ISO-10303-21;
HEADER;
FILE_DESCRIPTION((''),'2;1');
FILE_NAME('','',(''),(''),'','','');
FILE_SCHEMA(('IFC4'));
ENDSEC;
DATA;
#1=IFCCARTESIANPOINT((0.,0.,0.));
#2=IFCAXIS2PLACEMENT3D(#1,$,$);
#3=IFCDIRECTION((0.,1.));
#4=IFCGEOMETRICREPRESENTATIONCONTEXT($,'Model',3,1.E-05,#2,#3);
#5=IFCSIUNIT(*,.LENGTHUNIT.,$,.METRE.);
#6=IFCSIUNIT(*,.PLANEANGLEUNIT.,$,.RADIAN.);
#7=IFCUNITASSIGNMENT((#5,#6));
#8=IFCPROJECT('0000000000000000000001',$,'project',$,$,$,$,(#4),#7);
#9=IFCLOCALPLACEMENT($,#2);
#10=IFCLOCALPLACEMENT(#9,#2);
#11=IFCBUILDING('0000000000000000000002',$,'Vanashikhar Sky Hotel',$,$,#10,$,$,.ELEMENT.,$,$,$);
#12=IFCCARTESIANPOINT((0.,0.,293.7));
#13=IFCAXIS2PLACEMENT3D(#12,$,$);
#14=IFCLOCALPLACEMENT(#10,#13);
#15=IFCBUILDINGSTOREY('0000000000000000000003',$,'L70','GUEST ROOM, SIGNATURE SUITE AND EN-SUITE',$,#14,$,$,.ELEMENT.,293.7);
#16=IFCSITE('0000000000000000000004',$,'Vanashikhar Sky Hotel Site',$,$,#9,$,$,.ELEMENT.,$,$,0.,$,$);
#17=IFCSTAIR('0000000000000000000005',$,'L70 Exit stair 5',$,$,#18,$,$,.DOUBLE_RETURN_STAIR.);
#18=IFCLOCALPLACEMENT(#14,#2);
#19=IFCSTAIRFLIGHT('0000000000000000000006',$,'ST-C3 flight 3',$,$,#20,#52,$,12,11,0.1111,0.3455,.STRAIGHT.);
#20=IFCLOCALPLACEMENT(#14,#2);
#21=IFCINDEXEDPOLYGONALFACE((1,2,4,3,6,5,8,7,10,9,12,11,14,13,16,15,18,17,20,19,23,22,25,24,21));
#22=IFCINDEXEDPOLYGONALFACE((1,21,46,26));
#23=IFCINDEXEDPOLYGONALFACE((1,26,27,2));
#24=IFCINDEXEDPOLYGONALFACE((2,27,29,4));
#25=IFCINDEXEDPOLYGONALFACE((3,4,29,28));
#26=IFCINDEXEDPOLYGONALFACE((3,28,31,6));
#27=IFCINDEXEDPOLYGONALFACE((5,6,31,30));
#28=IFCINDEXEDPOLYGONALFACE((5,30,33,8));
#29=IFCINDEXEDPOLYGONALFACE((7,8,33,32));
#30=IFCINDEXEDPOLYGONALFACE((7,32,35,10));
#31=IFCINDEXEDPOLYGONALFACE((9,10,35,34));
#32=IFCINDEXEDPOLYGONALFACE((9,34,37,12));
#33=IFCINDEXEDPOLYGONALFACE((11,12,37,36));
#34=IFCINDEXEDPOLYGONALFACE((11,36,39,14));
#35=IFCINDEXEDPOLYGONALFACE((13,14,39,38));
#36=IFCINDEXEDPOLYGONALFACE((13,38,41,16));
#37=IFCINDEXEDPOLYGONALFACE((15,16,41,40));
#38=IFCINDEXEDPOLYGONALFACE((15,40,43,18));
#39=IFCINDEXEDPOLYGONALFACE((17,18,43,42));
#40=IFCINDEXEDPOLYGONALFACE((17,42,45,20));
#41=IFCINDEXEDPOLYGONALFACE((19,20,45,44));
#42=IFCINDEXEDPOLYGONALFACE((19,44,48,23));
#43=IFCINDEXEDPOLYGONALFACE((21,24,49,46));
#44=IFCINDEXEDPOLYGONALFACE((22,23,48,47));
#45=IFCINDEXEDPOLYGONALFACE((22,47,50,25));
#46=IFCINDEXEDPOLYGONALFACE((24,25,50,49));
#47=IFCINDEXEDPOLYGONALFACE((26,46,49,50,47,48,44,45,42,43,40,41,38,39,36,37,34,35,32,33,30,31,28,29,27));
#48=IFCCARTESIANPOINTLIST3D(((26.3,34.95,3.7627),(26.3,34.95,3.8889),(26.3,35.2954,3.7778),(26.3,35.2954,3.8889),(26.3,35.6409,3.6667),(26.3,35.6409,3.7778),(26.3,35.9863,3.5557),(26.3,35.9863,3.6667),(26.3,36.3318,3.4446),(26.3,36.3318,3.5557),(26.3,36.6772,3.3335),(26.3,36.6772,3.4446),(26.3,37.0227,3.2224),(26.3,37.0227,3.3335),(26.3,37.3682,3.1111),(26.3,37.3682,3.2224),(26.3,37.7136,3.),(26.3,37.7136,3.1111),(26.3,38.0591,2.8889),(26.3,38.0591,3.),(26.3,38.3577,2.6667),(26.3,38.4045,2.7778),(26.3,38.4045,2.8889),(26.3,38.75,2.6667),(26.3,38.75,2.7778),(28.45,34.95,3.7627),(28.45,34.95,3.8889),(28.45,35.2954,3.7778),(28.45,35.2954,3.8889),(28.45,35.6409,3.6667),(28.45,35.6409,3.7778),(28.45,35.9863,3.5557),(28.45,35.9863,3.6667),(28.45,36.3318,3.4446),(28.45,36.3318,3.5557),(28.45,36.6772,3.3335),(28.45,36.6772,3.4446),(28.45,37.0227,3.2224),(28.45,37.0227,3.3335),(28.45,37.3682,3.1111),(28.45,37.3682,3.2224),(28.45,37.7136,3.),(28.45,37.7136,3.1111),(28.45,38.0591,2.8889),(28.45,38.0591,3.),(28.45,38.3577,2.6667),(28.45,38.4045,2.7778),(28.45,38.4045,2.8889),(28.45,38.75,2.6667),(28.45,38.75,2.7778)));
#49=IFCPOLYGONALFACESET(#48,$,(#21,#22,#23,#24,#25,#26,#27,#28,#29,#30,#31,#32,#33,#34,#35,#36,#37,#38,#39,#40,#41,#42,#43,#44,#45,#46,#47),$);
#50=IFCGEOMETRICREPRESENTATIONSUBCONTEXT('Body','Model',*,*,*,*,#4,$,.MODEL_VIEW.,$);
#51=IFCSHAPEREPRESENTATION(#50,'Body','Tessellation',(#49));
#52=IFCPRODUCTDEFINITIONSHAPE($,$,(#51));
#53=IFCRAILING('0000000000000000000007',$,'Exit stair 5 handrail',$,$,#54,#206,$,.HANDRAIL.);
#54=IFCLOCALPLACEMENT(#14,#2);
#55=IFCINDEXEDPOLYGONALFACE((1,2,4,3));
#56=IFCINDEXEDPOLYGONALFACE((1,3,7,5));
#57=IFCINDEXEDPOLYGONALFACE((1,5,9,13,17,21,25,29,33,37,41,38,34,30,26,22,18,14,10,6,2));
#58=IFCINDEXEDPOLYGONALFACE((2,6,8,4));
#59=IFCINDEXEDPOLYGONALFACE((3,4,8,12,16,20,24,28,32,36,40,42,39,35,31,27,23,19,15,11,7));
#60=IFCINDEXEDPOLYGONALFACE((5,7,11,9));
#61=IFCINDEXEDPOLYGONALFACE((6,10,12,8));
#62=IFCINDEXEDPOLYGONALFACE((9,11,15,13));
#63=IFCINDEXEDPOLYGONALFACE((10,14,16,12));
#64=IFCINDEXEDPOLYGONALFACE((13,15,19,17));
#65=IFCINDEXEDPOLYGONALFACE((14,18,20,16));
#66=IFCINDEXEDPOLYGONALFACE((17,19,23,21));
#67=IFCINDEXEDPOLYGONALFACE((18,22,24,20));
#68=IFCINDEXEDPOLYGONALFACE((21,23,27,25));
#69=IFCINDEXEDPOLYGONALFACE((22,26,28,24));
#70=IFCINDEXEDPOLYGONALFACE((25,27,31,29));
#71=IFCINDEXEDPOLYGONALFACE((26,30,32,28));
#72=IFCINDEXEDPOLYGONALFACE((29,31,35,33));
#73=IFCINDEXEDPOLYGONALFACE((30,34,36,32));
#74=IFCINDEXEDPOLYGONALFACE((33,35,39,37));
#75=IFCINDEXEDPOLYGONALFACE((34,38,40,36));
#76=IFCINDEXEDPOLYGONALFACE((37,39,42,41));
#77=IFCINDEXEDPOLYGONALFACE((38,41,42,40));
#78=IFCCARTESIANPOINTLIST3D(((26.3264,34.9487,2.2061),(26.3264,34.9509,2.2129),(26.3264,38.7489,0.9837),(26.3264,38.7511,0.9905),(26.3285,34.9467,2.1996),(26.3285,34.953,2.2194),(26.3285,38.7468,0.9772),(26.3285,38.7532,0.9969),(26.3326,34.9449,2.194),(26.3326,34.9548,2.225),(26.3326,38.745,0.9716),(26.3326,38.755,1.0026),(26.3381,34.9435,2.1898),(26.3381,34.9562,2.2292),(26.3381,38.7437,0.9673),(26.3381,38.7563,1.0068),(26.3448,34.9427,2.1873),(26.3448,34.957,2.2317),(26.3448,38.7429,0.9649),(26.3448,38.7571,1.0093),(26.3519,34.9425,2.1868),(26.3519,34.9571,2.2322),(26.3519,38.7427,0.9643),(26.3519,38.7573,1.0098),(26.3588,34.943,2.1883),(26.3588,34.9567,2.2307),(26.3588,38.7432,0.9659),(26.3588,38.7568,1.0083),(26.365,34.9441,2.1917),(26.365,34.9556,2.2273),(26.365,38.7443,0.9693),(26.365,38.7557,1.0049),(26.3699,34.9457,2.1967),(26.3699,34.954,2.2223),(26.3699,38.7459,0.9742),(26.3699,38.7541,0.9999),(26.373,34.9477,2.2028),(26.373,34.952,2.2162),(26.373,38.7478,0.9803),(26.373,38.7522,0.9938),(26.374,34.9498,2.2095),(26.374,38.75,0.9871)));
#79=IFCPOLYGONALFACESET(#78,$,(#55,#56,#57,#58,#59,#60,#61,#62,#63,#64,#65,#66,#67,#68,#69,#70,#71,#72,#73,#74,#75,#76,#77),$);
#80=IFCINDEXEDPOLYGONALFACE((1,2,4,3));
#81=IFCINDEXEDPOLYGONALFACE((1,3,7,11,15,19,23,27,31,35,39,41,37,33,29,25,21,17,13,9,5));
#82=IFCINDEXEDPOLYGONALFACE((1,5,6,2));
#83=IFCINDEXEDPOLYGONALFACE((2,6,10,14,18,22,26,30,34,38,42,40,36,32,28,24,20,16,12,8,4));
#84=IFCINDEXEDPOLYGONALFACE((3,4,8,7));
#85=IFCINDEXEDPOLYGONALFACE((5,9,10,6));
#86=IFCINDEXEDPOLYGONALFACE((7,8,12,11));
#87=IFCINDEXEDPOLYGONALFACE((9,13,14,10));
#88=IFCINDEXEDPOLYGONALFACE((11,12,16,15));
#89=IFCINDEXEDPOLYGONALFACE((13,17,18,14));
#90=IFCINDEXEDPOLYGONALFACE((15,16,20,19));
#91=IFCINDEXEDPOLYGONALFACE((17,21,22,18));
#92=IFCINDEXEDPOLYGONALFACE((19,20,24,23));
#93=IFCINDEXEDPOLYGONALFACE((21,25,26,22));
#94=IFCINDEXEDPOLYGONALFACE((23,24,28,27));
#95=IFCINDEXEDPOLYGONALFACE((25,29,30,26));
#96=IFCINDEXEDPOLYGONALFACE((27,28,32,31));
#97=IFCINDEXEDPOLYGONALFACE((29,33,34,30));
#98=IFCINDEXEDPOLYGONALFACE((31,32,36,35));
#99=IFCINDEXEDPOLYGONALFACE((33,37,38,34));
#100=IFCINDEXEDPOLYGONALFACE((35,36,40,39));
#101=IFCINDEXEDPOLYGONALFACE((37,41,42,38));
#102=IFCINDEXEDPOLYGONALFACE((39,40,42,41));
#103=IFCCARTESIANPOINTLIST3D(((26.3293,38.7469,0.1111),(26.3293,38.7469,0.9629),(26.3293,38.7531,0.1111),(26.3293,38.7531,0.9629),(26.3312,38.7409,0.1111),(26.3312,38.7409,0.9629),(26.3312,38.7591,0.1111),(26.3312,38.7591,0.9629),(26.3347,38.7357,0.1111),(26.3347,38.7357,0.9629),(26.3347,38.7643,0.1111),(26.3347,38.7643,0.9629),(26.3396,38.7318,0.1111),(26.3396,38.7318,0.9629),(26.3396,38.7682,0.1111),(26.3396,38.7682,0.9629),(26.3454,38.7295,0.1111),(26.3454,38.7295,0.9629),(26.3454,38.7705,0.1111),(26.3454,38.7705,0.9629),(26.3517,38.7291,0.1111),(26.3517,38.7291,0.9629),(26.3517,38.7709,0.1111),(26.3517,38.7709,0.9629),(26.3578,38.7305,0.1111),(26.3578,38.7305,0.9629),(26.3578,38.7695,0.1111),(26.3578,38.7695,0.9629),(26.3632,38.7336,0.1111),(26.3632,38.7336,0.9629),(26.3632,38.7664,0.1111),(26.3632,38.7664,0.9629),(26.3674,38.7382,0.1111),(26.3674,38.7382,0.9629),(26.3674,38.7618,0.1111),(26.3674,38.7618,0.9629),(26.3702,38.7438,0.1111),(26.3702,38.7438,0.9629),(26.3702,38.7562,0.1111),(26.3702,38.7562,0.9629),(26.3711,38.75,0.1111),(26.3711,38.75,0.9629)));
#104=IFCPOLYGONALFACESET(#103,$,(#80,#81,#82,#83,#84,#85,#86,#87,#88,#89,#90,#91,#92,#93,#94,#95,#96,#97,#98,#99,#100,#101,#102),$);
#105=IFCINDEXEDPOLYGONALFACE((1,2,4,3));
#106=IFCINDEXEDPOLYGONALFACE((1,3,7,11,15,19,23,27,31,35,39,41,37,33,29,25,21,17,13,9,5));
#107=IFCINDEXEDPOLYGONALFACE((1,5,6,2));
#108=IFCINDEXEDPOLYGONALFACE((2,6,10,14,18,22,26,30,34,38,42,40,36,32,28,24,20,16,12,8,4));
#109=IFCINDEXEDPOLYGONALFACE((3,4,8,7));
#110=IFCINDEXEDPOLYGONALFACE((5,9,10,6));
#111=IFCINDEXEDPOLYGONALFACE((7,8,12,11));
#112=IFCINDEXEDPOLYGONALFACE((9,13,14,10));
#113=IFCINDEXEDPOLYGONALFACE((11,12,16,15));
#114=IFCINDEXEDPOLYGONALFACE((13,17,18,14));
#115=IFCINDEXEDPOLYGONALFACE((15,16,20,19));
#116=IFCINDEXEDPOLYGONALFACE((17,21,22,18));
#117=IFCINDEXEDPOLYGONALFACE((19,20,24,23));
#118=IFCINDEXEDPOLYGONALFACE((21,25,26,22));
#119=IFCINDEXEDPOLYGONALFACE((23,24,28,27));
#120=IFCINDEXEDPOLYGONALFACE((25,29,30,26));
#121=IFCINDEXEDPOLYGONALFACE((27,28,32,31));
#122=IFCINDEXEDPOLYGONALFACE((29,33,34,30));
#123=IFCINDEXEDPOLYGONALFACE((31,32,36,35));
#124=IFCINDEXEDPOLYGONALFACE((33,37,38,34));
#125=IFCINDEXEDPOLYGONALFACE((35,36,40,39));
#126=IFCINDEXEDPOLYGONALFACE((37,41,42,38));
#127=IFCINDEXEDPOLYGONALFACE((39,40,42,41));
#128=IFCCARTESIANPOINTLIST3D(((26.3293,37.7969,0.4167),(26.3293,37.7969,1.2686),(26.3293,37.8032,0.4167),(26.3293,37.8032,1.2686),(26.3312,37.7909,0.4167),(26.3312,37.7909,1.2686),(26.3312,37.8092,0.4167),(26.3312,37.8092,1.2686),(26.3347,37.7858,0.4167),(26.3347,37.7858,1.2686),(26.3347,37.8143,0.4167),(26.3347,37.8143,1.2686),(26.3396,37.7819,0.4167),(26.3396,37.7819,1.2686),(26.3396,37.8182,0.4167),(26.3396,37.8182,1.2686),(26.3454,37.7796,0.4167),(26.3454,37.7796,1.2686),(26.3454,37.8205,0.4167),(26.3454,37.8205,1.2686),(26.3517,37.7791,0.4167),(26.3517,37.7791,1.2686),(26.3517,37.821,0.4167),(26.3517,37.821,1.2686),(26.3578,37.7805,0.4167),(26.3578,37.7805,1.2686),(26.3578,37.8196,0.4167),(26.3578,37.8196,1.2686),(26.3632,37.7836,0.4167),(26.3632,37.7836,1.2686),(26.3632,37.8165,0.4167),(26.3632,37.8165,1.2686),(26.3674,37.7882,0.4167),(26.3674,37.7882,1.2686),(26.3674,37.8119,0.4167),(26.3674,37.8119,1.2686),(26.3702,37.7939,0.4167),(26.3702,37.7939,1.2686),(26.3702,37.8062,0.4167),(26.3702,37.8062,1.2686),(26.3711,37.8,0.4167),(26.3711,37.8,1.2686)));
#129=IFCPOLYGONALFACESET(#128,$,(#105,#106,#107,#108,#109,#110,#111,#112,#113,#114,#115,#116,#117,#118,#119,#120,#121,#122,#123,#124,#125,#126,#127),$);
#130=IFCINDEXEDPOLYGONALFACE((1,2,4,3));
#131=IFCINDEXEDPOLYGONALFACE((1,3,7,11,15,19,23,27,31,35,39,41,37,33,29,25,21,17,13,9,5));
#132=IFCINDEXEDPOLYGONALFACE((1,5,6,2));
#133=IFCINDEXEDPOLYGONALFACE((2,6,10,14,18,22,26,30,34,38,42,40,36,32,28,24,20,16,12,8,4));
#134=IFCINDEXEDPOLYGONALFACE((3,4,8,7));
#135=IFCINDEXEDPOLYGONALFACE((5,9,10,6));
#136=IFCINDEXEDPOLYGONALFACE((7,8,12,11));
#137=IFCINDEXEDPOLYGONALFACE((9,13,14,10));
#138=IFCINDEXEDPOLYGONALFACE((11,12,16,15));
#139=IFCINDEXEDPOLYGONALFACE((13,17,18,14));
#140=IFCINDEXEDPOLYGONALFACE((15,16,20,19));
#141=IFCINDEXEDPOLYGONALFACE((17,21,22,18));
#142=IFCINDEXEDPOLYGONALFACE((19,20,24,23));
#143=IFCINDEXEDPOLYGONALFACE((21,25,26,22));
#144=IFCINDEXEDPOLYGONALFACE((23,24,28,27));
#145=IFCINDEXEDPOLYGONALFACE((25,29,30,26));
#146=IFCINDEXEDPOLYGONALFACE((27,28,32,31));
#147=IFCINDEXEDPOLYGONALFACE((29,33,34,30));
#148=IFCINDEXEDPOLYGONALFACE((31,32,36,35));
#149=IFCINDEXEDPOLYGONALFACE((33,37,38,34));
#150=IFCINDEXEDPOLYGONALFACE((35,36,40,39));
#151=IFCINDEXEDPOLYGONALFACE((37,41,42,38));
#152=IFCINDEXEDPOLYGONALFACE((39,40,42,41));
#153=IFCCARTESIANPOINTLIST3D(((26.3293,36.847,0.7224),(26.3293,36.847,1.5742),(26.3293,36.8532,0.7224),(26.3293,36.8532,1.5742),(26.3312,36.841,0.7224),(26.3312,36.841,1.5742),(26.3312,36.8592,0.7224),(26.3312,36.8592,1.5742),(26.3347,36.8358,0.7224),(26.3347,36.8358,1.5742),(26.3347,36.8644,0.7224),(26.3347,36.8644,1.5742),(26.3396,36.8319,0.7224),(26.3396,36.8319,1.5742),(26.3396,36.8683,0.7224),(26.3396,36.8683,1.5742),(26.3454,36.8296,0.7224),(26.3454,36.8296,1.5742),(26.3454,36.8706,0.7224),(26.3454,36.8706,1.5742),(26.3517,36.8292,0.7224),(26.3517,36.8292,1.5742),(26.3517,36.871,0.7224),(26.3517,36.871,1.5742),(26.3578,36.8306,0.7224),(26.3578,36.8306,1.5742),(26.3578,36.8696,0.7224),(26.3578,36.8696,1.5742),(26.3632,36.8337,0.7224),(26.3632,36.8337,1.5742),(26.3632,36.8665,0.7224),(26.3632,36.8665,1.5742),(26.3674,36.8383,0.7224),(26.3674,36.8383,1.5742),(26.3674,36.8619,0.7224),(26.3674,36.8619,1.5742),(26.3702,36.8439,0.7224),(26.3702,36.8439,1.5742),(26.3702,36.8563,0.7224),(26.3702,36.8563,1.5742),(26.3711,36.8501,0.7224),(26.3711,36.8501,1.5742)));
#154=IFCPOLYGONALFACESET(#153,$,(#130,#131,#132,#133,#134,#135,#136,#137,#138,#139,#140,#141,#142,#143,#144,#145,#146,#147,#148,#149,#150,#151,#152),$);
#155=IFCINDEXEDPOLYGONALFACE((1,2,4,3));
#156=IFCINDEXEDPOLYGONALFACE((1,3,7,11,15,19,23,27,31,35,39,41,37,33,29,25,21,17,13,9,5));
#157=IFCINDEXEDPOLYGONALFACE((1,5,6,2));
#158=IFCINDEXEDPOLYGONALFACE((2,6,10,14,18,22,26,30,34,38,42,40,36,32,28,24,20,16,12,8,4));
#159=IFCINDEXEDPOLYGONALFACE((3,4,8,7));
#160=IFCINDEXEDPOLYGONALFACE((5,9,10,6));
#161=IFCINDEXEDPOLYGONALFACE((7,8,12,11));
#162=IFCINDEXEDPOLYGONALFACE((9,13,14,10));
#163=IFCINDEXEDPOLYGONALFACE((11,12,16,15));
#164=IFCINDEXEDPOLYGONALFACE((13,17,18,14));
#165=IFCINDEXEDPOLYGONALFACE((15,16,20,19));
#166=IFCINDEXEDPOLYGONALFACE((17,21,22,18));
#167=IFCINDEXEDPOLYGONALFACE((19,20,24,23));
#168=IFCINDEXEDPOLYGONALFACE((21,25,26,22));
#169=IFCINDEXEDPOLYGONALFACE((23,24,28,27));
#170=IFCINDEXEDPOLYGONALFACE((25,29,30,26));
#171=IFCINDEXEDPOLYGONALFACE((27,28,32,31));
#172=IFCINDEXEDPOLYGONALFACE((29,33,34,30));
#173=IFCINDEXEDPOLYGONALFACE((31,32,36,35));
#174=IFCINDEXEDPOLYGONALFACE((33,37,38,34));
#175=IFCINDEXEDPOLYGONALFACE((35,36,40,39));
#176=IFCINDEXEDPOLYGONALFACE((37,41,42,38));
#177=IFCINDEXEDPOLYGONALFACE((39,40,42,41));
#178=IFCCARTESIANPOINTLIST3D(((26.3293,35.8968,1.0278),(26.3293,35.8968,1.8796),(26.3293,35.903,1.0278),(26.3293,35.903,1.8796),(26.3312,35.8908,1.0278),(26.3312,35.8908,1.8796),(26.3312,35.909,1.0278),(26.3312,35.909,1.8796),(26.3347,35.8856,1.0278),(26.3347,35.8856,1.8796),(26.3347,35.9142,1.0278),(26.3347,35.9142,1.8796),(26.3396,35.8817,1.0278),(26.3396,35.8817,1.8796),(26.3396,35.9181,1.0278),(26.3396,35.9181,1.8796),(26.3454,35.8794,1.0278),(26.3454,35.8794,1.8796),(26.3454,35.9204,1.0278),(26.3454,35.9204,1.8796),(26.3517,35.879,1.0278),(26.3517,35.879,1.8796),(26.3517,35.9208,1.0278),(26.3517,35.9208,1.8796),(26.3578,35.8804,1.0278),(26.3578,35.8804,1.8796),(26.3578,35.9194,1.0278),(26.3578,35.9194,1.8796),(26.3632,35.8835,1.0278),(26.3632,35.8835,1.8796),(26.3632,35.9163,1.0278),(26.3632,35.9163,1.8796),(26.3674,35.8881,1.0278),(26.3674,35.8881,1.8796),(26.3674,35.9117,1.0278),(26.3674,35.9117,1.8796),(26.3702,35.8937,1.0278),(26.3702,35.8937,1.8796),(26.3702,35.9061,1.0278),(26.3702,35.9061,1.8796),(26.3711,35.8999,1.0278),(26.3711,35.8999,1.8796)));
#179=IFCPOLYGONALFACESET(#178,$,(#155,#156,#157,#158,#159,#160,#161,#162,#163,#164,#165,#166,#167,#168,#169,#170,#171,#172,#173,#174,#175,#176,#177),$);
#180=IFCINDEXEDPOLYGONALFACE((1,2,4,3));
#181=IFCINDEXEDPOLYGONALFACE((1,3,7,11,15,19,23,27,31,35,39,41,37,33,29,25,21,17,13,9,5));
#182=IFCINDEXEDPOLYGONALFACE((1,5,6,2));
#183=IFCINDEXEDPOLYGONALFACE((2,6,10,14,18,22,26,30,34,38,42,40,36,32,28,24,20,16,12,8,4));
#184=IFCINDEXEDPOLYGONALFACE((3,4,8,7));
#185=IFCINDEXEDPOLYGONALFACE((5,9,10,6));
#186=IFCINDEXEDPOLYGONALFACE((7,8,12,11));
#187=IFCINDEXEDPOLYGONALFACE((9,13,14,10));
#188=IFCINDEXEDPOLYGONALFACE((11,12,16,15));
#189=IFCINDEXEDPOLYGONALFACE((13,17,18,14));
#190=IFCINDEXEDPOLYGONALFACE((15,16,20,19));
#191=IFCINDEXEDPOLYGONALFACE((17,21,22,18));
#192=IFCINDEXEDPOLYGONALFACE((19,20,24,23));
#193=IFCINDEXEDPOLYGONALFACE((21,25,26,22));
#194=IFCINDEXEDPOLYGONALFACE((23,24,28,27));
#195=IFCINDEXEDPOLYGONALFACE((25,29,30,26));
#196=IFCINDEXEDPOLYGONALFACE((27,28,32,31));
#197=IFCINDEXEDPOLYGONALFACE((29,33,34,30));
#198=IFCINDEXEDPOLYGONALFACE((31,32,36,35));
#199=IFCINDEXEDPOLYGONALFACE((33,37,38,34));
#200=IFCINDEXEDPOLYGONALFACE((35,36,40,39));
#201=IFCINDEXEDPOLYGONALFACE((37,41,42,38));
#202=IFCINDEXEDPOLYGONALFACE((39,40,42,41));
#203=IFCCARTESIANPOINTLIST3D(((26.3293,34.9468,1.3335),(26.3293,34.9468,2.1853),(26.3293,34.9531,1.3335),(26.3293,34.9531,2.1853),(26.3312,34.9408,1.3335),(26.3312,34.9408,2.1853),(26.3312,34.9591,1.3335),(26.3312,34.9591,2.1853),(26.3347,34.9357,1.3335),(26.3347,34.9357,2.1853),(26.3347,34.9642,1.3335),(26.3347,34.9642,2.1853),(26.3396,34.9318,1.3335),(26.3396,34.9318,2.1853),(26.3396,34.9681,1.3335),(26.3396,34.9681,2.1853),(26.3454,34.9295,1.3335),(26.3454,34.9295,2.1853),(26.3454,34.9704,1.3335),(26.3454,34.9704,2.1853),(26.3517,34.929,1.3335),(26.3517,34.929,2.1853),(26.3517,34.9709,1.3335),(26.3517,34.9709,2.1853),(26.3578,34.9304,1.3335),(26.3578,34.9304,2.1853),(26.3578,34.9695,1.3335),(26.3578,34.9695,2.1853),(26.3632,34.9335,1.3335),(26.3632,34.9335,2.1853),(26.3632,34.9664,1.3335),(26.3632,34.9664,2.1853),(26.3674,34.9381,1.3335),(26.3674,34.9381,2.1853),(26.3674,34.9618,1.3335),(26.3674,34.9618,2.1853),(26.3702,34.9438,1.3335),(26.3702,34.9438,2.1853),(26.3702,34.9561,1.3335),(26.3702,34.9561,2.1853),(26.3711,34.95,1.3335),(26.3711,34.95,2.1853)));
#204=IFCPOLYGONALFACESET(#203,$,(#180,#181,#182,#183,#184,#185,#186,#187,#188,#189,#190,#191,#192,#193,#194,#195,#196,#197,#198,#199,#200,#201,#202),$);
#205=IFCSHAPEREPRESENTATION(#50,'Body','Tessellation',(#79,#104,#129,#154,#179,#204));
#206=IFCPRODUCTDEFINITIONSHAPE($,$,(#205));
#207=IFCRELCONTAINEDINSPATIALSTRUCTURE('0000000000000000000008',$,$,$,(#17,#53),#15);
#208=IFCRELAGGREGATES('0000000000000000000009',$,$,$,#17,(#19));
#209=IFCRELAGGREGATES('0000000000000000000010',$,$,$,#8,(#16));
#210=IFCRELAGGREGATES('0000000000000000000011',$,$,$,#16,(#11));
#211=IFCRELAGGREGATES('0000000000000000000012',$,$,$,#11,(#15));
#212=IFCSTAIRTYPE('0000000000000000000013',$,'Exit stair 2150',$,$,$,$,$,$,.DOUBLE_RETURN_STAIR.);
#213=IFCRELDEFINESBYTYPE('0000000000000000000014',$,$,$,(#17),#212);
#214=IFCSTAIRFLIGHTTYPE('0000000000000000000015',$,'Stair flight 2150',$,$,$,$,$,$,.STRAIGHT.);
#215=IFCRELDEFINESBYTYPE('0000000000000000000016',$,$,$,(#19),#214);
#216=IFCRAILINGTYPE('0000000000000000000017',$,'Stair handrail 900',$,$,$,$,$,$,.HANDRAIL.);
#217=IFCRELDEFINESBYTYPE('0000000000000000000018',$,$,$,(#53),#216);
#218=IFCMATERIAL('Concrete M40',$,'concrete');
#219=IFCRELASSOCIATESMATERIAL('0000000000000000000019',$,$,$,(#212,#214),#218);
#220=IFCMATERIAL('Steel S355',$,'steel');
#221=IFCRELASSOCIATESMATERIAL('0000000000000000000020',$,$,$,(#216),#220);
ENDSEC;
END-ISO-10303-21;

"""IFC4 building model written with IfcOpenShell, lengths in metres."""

from ifc_helpers import new_model, si_unit, direction, frame, origin, origin_2d, place, context, subcontext, project, spatial, polyline, circle, outline, extrude, source, transform, mapped, material, type_object, element, aggregate, save


model = new_model("IFC4")

# Units and contexts
model_context = context("Model", 3, precision=1e-05, world=origin(), true_north=direction((0.0, 1.0)))
body_context = subcontext(model_context, "Body", "Model", "MODEL_VIEW")
ifc_project = project(units=[si_unit("LENGTHUNIT", "METRE"), si_unit("PLANEANGLEUNIT", "RADIAN")], contexts=[model_context])

# Site, building, storey
site_placement = place(None, origin())
site = spatial("IfcSite", under=ifc_project, at=site_placement, Name="Vanashikhar Sky Hotel Site", CompositionType="ELEMENT", RefElevation=0.0)
building_placement = place(site_placement, origin())
building = spatial("IfcBuilding", under=site, at=building_placement, Name="Vanashikhar Sky Hotel", CompositionType="ELEMENT")
storey_placement = place(building_placement, frame((0.0, 0.0, 293.7)))
storey = spatial("IfcBuildingStorey", under=building, at=storey_placement, Name="L70", Description="GUEST ROOM, SIGNATURE SUITE AND EN-SUITE", CompositionType="ELEMENT", Elevation=293.7)

# Shared definitions
ifc_material_1 = material(Name="Concrete M40", Category="concrete")

# Shared definitions
stair_type = type_object("IfcStairType", Name="Exit stair 2150", PredefinedType="DOUBLE_RETURN_STAIR", material=ifc_material_1)
stair_flight_type = type_object("IfcStairFlightType", Name="Stair flight 2150", PredefinedType="STRAIGHT", material=ifc_material_1)
shared_shape_1 = source(origin(), body_context, "Body", "SweptSolid", [
    extrude(outline(polyline([(0.0, 0.0), (0.0, 0.1111), (0.3455, 0.1111), (0.3455, 0.2222), (0.6909, 0.2222), (0.6909, 0.3333), (1.0364, 0.3333), (1.0364, 0.4443), (1.3818, 0.4443), (1.3818, 0.5557), (1.7273, 0.5557), (1.7273, 0.6667), (2.0728, 0.6667), (2.0728, 0.7778), (2.4182, 0.7778), (2.4182, 0.8889), (2.7637, 0.8889), (2.7637, 1.0), (3.1091, 1.0), (3.1091, 1.1111), (3.4546, 1.1111), (3.4546, 1.2222), (3.8, 1.2222), (3.8, 1.3333), (3.8, 1.0959), (0.3923, 0.0), (0.0, 0.0)])), frame((0.0, 1.075, 0.0), z_axis=(0.0, -1.0, 0.0), x_axis=(1.0, 0.0, 0.0)), (0.0, 0.0, 1.0), 2.1499),
])

# Stair, stair flight
stair_1_placement = place(storey_placement, origin())
stair_1 = element("IfcStair", 1, at=stair_1_placement, inside=storey, type_object=stair_type, Name="L70 Exit stair 5", PredefinedType="DOUBLE_RETURN_STAIR")
stair_flight_1_placement = place(storey_placement, frame((27.375, 38.75, 2.6667), z_axis=(0.0, 0.0, 1.0), x_axis=(0.0, -1.0, 0.0)))
stair_flight_1 = element("IfcStairFlight", 2, at=stair_flight_1_placement, type_object=stair_flight_type, Name="ST-C3 flight 3", NumberOfRisers=12, NumberOfTreads=11, PredefinedType="STRAIGHT", RiserHeight=0.1111, TreadLength=0.3455, context=body_context, shape_type="MappedRepresentation", body=[
    mapped(shared_shape_1, transform((0.0, 0.0, 0.0), scale=1.0)),
])
aggregate(stair_1, [stair_flight_1])

# Railing
ifc_material_2 = material(Name="Steel S355", Category="steel")
railing_type_1 = type_object("IfcRailingType", Name="Stair handrail 900", PredefinedType="HANDRAIL", material=ifc_material_2)
shared_shape_2 = source(origin(), body_context, "Body", "SweptSolid", [
    extrude(circle(Radius=0.0239, at=origin_2d()), frame((0.0, 0.0, 0.876), z_axis=(0.0, -0.951958, 0.306229), x_axis=(1.0, 0.0, 0.0)), (0.0, 0.0, 1.0), 3.9919),
    extrude(circle(Radius=0.021, at=origin_2d()), origin(), (0.0, 0.0, 1.0), 0.8518),
    extrude(circle(Radius=0.021, at=origin_2d()), frame((0.0, -0.95, 0.3057)), (0.0, 0.0, 1.0), 0.8518),
    extrude(circle(Radius=0.021, at=origin_2d()), frame((0.0, -1.8999, 0.6113)), (0.0, 0.0, 1.0), 0.8518),
    extrude(circle(Radius=0.021, at=origin_2d()), frame((0.0, -2.8501, 0.9167)), (0.0, 0.0, 1.0), 0.8518),
    extrude(circle(Radius=0.021, at=origin_2d()), frame((0.0, -3.8, 1.2224)), (0.0, 0.0, 1.0), 0.8518),
])
railing_1_placement = place(storey_placement, frame((26.3501, 38.75, 0.1111)))
element("IfcRailing", 3, at=railing_1_placement, inside=storey, type_object=railing_type_1, Name="Exit stair 5 handrail", PredefinedType="HANDRAIL", context=body_context, shape_type="MappedRepresentation", body=[
    mapped(shared_shape_2, transform((0.0, 0.0, 0.0), scale=1.0)),
])

save(model, "model.ifc")
